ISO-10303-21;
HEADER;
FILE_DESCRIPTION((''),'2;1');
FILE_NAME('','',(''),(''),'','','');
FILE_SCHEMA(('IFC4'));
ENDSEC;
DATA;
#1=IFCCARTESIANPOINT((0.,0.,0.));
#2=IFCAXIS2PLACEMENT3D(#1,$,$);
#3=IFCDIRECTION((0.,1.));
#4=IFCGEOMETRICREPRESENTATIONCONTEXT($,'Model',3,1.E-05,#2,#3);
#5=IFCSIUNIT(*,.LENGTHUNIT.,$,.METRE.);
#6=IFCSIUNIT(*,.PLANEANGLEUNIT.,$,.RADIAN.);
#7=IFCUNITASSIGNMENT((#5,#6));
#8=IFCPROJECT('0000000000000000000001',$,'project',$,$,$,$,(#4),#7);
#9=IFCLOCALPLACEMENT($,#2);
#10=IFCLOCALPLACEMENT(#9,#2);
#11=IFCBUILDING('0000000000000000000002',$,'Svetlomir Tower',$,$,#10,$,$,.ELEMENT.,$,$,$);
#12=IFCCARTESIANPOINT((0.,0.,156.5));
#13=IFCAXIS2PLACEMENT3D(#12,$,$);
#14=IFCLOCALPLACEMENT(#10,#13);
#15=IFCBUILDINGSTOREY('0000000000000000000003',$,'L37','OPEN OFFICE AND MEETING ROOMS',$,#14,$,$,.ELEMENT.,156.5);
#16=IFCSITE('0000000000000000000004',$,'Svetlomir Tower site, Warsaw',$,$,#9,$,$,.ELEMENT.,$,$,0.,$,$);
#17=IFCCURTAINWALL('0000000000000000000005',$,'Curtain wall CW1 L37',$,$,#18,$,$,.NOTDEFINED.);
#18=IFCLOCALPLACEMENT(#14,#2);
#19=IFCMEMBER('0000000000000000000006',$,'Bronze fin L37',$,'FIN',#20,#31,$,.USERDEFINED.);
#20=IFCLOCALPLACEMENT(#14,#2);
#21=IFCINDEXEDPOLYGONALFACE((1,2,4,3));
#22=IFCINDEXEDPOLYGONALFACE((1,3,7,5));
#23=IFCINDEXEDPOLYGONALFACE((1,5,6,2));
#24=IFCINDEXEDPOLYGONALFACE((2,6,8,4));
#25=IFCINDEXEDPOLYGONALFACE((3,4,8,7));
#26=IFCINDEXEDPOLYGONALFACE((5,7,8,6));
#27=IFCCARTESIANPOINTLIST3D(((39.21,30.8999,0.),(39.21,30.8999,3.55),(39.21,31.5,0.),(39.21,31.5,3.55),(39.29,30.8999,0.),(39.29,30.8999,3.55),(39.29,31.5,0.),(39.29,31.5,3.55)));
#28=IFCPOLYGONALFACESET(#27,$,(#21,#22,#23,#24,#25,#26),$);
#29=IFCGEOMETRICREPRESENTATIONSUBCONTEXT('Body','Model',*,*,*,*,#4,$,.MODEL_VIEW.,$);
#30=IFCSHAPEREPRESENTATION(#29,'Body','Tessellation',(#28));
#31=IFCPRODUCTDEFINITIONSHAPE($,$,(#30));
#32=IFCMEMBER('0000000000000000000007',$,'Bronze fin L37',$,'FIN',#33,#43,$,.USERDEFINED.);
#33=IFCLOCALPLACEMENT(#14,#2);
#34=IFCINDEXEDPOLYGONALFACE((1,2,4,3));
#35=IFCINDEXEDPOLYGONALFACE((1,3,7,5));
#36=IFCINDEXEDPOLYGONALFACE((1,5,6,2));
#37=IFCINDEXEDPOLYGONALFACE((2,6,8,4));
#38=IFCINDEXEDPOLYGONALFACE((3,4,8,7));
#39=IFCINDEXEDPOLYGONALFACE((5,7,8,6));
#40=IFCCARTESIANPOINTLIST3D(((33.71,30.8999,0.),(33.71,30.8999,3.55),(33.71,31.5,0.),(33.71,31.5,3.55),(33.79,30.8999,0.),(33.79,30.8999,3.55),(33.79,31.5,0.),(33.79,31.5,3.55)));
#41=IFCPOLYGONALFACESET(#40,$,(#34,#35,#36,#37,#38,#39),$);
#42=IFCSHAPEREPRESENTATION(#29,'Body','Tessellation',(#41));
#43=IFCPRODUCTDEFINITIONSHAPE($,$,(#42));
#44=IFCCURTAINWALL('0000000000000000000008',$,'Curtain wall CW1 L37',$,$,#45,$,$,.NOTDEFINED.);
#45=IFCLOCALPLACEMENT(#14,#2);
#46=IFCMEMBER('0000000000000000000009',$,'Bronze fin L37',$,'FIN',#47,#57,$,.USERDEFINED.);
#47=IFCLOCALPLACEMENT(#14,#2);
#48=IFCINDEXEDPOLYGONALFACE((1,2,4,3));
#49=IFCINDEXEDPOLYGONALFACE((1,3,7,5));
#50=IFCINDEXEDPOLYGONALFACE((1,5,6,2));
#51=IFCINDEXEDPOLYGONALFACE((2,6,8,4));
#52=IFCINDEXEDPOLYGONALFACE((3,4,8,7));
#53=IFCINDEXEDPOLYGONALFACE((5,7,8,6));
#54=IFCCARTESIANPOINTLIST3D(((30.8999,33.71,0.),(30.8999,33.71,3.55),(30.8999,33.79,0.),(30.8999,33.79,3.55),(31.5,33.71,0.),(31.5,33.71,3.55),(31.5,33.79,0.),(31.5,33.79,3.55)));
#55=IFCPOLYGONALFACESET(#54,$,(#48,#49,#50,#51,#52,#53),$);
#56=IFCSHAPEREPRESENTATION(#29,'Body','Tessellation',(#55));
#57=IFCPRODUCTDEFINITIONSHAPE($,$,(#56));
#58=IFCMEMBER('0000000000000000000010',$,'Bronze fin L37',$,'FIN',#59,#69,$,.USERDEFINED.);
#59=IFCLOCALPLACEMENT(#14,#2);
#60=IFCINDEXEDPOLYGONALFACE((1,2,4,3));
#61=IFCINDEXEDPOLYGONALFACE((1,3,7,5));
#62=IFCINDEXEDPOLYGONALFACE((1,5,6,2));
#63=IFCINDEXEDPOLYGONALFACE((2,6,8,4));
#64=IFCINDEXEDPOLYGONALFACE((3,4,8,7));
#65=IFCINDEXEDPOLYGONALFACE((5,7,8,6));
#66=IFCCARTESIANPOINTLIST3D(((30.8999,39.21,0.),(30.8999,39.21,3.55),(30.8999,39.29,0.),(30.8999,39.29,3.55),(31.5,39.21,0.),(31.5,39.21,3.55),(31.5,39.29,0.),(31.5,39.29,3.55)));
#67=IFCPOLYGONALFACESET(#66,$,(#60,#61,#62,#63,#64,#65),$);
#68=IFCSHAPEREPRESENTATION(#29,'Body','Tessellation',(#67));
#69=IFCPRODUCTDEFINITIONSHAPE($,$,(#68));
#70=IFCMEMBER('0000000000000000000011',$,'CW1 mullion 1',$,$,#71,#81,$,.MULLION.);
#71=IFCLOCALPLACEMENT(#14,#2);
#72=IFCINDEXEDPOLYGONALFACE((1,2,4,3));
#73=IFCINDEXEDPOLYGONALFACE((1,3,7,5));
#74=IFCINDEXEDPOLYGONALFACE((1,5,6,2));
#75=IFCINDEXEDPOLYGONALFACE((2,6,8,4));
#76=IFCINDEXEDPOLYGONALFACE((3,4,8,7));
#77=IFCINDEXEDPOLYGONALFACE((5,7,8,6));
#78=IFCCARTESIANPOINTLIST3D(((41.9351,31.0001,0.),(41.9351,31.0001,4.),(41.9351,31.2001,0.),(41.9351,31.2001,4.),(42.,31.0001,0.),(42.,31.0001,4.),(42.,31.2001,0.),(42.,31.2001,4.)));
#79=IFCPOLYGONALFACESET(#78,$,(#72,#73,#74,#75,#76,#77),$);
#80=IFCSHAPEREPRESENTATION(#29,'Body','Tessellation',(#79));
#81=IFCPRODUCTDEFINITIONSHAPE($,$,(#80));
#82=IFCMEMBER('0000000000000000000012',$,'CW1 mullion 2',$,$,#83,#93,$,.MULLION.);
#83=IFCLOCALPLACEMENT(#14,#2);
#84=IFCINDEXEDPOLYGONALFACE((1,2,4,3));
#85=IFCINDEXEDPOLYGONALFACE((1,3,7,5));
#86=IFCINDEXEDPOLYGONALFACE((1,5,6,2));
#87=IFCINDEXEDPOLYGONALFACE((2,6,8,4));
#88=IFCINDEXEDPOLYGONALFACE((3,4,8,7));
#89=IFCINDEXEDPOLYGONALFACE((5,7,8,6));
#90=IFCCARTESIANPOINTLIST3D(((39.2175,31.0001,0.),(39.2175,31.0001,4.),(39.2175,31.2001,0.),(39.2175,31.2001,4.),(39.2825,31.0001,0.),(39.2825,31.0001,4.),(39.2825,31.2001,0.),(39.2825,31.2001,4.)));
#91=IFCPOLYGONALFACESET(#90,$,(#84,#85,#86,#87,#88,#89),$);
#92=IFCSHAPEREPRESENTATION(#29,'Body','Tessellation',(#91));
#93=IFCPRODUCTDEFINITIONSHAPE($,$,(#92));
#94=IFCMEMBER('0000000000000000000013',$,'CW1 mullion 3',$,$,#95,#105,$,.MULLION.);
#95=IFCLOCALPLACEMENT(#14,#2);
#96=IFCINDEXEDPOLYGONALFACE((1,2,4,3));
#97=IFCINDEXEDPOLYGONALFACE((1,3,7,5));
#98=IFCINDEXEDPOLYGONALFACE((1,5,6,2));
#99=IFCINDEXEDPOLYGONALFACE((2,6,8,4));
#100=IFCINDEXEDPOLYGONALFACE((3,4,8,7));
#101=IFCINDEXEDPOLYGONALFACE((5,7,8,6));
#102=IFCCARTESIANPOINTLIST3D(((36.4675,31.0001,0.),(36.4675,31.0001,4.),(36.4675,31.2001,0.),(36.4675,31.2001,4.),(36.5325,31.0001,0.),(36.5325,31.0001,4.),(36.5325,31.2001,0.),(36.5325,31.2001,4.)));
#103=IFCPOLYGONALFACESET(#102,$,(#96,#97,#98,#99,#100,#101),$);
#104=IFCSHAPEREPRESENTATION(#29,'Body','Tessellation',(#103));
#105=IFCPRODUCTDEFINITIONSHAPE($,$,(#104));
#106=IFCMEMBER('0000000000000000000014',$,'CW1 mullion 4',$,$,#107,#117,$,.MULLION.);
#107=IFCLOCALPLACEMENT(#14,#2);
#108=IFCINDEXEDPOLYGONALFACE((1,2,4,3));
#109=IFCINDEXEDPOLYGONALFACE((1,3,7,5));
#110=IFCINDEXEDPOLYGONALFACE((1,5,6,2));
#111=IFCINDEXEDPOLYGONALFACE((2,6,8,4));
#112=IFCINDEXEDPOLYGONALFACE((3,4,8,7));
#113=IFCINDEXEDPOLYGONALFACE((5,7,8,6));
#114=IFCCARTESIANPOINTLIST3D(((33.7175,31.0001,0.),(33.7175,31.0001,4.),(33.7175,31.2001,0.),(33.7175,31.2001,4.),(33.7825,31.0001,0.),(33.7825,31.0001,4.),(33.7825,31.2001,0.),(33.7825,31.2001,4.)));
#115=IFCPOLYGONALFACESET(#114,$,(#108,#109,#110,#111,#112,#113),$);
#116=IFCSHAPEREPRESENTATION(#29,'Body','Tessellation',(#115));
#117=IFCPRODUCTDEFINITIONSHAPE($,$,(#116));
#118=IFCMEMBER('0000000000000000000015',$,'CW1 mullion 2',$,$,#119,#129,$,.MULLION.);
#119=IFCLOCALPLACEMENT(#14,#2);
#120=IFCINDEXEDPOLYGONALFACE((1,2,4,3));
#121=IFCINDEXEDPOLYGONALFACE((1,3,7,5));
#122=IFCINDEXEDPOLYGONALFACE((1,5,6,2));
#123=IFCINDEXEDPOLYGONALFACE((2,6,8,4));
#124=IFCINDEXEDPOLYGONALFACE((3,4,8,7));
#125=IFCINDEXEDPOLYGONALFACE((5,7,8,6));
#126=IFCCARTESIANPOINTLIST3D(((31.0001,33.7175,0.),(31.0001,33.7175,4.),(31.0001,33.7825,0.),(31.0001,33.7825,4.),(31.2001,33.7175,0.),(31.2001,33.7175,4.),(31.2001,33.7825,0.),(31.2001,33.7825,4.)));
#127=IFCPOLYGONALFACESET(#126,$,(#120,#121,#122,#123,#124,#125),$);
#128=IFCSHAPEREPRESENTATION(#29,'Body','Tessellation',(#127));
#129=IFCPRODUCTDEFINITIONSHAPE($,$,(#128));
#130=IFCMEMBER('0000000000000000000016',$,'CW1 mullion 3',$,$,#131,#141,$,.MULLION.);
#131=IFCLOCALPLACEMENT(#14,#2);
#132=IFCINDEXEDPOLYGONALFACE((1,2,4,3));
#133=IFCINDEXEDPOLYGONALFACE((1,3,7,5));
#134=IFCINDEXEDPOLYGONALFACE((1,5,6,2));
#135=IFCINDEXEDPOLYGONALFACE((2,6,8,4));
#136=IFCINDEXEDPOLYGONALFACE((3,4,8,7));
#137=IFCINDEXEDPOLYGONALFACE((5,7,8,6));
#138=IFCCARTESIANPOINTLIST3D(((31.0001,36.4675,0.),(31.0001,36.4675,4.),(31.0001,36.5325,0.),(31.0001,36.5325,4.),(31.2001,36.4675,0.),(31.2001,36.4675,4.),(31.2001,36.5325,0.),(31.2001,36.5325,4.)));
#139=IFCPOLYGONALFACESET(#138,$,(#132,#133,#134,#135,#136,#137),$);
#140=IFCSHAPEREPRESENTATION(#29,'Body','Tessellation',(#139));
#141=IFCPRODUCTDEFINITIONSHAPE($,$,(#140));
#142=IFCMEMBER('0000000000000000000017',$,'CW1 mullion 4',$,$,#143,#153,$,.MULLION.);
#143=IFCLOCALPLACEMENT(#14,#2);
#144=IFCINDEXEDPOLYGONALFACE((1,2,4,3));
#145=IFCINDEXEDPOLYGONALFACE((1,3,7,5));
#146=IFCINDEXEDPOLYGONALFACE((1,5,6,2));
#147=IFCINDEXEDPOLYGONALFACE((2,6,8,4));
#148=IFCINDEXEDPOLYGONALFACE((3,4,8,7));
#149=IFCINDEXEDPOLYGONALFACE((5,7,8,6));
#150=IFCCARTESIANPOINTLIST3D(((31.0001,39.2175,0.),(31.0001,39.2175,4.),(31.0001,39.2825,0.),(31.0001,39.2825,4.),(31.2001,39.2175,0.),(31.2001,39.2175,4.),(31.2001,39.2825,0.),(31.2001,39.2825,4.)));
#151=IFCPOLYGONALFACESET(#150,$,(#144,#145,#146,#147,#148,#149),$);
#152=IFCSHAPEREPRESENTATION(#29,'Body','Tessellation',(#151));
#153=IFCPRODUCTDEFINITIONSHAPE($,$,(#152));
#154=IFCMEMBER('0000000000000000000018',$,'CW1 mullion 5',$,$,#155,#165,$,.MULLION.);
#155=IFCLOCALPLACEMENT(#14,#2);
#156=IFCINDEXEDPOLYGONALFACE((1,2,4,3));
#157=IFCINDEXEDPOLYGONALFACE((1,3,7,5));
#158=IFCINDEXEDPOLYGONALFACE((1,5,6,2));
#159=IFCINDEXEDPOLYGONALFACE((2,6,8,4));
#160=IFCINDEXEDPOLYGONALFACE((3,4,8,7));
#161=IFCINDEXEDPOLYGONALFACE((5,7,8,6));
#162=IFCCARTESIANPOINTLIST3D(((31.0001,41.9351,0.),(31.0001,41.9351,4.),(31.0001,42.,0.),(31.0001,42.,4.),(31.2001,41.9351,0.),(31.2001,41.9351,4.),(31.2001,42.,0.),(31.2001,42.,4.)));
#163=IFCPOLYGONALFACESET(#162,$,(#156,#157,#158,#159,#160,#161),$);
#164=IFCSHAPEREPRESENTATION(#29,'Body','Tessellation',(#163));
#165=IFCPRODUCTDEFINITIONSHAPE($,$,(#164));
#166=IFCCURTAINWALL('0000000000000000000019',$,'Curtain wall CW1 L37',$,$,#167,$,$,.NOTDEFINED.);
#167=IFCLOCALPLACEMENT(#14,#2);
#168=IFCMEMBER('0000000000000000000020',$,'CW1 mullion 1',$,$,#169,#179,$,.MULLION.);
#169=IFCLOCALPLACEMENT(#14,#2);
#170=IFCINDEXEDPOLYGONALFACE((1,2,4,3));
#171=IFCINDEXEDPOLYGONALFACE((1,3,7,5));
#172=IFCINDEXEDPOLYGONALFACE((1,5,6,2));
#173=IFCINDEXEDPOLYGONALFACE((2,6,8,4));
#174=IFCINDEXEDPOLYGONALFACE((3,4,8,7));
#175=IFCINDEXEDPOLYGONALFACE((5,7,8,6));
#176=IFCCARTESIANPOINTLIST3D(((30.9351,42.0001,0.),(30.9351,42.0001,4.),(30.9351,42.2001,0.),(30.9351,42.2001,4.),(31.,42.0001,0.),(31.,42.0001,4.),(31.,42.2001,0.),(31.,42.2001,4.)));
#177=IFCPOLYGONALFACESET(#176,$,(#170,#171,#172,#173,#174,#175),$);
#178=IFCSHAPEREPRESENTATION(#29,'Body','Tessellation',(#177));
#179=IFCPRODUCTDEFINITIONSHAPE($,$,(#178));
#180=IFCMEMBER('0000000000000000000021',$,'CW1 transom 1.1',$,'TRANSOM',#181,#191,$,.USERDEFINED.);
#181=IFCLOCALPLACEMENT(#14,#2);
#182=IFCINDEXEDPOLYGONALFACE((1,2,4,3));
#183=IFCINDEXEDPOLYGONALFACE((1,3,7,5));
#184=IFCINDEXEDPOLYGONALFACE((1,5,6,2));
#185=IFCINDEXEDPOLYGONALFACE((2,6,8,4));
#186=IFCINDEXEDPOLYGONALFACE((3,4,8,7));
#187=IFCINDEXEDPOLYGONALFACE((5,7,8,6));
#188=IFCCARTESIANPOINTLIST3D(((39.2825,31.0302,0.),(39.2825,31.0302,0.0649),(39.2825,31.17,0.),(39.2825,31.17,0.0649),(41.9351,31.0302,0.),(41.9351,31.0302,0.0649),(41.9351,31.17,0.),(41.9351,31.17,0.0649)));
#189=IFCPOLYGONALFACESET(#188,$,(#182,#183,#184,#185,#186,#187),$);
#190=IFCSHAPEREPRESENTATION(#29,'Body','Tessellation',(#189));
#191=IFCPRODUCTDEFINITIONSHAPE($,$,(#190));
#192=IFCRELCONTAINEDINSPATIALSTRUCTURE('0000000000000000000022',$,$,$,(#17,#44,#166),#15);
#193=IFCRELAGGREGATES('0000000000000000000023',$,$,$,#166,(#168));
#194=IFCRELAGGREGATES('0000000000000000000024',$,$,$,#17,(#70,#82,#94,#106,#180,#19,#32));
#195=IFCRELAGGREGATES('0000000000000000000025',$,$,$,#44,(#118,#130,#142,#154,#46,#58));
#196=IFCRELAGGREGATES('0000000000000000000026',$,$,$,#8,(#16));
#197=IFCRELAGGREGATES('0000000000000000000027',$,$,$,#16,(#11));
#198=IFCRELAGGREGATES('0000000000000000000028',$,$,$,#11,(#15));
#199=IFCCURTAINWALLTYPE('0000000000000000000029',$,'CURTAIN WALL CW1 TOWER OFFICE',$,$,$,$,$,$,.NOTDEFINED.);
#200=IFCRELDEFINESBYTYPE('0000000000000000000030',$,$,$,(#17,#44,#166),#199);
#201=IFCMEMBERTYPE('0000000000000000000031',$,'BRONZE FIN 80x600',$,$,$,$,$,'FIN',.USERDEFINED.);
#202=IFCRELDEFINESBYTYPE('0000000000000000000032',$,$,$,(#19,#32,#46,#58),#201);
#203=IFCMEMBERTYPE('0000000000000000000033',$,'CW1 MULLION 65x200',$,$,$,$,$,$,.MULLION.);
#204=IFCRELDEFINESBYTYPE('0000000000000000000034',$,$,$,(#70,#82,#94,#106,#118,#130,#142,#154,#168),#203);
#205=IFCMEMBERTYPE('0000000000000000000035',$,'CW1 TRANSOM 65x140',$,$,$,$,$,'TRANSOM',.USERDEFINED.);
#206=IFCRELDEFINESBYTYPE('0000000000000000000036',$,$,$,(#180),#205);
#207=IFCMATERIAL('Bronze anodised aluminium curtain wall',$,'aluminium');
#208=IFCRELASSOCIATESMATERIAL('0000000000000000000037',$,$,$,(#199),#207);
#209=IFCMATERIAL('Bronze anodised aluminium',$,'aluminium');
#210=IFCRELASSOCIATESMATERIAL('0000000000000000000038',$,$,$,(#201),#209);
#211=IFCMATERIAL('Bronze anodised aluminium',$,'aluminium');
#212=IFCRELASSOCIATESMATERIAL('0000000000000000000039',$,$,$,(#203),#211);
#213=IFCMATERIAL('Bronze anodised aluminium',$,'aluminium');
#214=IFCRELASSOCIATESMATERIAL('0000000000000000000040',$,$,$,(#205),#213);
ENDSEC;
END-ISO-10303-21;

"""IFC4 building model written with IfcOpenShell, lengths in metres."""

from ifc_helpers import new_model, si_unit, direction, frame, origin, origin_2d, place, context, subcontext, project, spatial, rectangle, extrude, material, material_profile, profile_set, type_object, element, aggregate, save


model = new_model("IFC4")

# Units and contexts
model_context = context("Model", 3, precision=1e-05, world=origin(), true_north=direction((0.0, 1.0)))
body_context = subcontext(model_context, "Body", "Model", "MODEL_VIEW")
ifc_project = project(units=[si_unit("LENGTHUNIT", "METRE"), si_unit("PLANEANGLEUNIT", "RADIAN")], contexts=[model_context])

# Site, building, storey
site_placement = place(None, origin())
site = spatial("IfcSite", under=ifc_project, at=site_placement, Name="Svetlomir Tower site, Warsaw", CompositionType="ELEMENT", RefElevation=0.0)
building_placement = place(site_placement, origin())
building = spatial("IfcBuilding", under=site, at=building_placement, Name="Svetlomir Tower", CompositionType="ELEMENT")
storey_placement = place(building_placement, frame((0.0, 0.0, 156.5)))
storey = spatial("IfcBuildingStorey", under=building, at=storey_placement, Name="L37", Description="OPEN OFFICE AND MEETING ROOMS", CompositionType="ELEMENT", Elevation=156.5)

# Curtain walls, members
ifc_material_1 = material(Name="Bronze anodised aluminium curtain wall", Category="aluminium")
curtain_wall_type = type_object("IfcCurtainWallType", Name="CURTAIN WALL CW1 TOWER OFFICE", PredefinedType="NOTDEFINED", material=ifc_material_1)
curtain_wall_1_placement = place(storey_placement, origin())
curtain_wall_1 = element("IfcCurtainWall", 1, at=curtain_wall_1_placement, inside=storey, type_object=curtain_wall_type, Name="Curtain wall CW1 L37", PredefinedType="NOTDEFINED")
ifc_material_2 = material(Name="Bronze anodised aluminium", Category="aluminium")
ifc_material_profile_1 = material_profile(ifc_material_2, rectangle(XDim=0.0801, YDim=0.6001, at=origin_2d()), Name="FIN 80x600")
ifc_profile_set_1 = profile_set([ifc_material_profile_1], Name="Bronze anodised aluminium 6063-T6")
member_type_1 = type_object("IfcMemberType", Name="BRONZE FIN 80x600", ElementType="FIN", PredefinedType="USERDEFINED", material=ifc_profile_set_1)
member_1_placement = place(storey_placement, frame((39.25, 31.2, 0.0), z_axis=(0.0, 0.0, 1.0), x_axis=(1.0, 0.0, 0.0)))
member_1 = element("IfcMember", 2, at=member_1_placement, type_object=member_type_1, Name="Bronze fin L37", ObjectType="FIN", PredefinedType="USERDEFINED", context=body_context, shape_type="SweptSolid", body=[
    extrude(rectangle(XDim=0.0801, YDim=0.6001, at=origin_2d()), origin(), (0.0, 0.0, 1.0), 3.55),
])
member_2_placement = place(storey_placement, frame((33.75, 31.2, 0.0), z_axis=(0.0, 0.0, 1.0), x_axis=(1.0, 0.0, 0.0)))
member_2 = element("IfcMember", 3, at=member_2_placement, type_object=member_type_1, Name="Bronze fin L37", ObjectType="FIN", PredefinedType="USERDEFINED", context=body_context, shape_type="SweptSolid", body=[
    extrude(rectangle(XDim=0.0801, YDim=0.6001, at=origin_2d()), origin(), (0.0, 0.0, 1.0), 3.55),
])
curtain_wall_2_placement = place(storey_placement, origin())
curtain_wall_2 = element("IfcCurtainWall", 4, at=curtain_wall_2_placement, inside=storey, type_object=curtain_wall_type, Name="Curtain wall CW1 L37", PredefinedType="NOTDEFINED")
member_3_placement = place(storey_placement, frame((31.2, 33.75, 0.0), z_axis=(0.0, 0.0, 1.0), x_axis=(0.0, 1.0, 0.0)))
member_3 = element("IfcMember", 5, at=member_3_placement, type_object=member_type_1, Name="Bronze fin L37", ObjectType="FIN", PredefinedType="USERDEFINED", context=body_context, shape_type="SweptSolid", body=[
    extrude(rectangle(XDim=0.0801, YDim=0.6001, at=origin_2d()), origin(), (0.0, 0.0, 1.0), 3.55),
])
member_4_placement = place(storey_placement, frame((31.2, 39.25, 0.0), z_axis=(0.0, 0.0, 1.0), x_axis=(0.0, 1.0, 0.0)))
member_4 = element("IfcMember", 6, at=member_4_placement, type_object=member_type_1, Name="Bronze fin L37", ObjectType="FIN", PredefinedType="USERDEFINED", context=body_context, shape_type="SweptSolid", body=[
    extrude(rectangle(XDim=0.0801, YDim=0.6001, at=origin_2d()), origin(), (0.0, 0.0, 1.0), 3.55),
])

# Members
ifc_material_3 = material(Name="Bronze anodised aluminium", Category="aluminium")
ifc_material_profile_2 = material_profile(ifc_material_3, rectangle(XDim=0.0649, YDim=0.2, at=origin_2d()), Name="AL 65x200")
ifc_profile_set_2 = profile_set([ifc_material_profile_2], Name="Bronze anodised aluminium 6063-T6")
member_type_2 = type_object("IfcMemberType", Name="CW1 MULLION 65x200", PredefinedType="MULLION", material=ifc_profile_set_2)
member_5_placement = place(storey_placement, frame((41.9675, 31.1001, 0.0), z_axis=(0.0, 0.0, 1.0), x_axis=(-1.0, 0.0, 0.0)))
member_5 = element("IfcMember", 7, at=member_5_placement, type_object=member_type_2, Name="CW1 mullion 1", PredefinedType="MULLION", context=body_context, shape_type="SweptSolid", body=[
    extrude(rectangle(XDim=0.0649, YDim=0.2, at=origin_2d()), origin(), (0.0, 0.0, 1.0), 4.0),
])
member_6_placement = place(storey_placement, frame((39.25, 31.1001, 0.0), z_axis=(0.0, 0.0, 1.0), x_axis=(-1.0, 0.0, 0.0)))
member_6 = element("IfcMember", 8, at=member_6_placement, type_object=member_type_2, Name="CW1 mullion 2", PredefinedType="MULLION", context=body_context, shape_type="SweptSolid", body=[
    extrude(rectangle(XDim=0.0649, YDim=0.2, at=origin_2d()), origin(), (0.0, 0.0, 1.0), 4.0),
])
member_7_placement = place(storey_placement, frame((36.5, 31.1001, 0.0), z_axis=(0.0, 0.0, 1.0), x_axis=(-1.0, 0.0, 0.0)))
member_7 = element("IfcMember", 9, at=member_7_placement, type_object=member_type_2, Name="CW1 mullion 3", PredefinedType="MULLION", context=body_context, shape_type="SweptSolid", body=[
    extrude(rectangle(XDim=0.0649, YDim=0.2, at=origin_2d()), origin(), (0.0, 0.0, 1.0), 4.0),
])
member_8_placement = place(storey_placement, frame((33.75, 31.1001, 0.0), z_axis=(0.0, 0.0, 1.0), x_axis=(-1.0, 0.0, 0.0)))
member_8 = element("IfcMember", 10, at=member_8_placement, type_object=member_type_2, Name="CW1 mullion 4", PredefinedType="MULLION", context=body_context, shape_type="SweptSolid", body=[
    extrude(rectangle(XDim=0.0649, YDim=0.2, at=origin_2d()), origin(), (0.0, 0.0, 1.0), 4.0),
])
member_9_placement = place(storey_placement, frame((31.1001, 33.75, 0.0), z_axis=(0.0, 0.0, 1.0), x_axis=(0.0, 1.0, 0.0)))
member_9 = element("IfcMember", 11, at=member_9_placement, type_object=member_type_2, Name="CW1 mullion 2", PredefinedType="MULLION", context=body_context, shape_type="SweptSolid", body=[
    extrude(rectangle(XDim=0.0649, YDim=0.2, at=origin_2d()), origin(), (0.0, 0.0, 1.0), 4.0),
])
member_10_placement = place(storey_placement, frame((31.1001, 36.5, 0.0), z_axis=(0.0, 0.0, 1.0), x_axis=(0.0, 1.0, 0.0)))
member_10 = element("IfcMember", 12, at=member_10_placement, type_object=member_type_2, Name="CW1 mullion 3", PredefinedType="MULLION", context=body_context, shape_type="SweptSolid", body=[
    extrude(rectangle(XDim=0.0649, YDim=0.2, at=origin_2d()), origin(), (0.0, 0.0, 1.0), 4.0),
])
member_11_placement = place(storey_placement, frame((31.1001, 39.25, 0.0), z_axis=(0.0, 0.0, 1.0), x_axis=(0.0, 1.0, 0.0)))
member_11 = element("IfcMember", 13, at=member_11_placement, type_object=member_type_2, Name="CW1 mullion 4", PredefinedType="MULLION", context=body_context, shape_type="SweptSolid", body=[
    extrude(rectangle(XDim=0.0649, YDim=0.2, at=origin_2d()), origin(), (0.0, 0.0, 1.0), 4.0),
])
member_12_placement = place(storey_placement, frame((31.1001, 41.9675, 0.0), z_axis=(0.0, 0.0, 1.0), x_axis=(0.0, 1.0, 0.0)))
member_12 = element("IfcMember", 14, at=member_12_placement, type_object=member_type_2, Name="CW1 mullion 5", PredefinedType="MULLION", context=body_context, shape_type="SweptSolid", body=[
    extrude(rectangle(XDim=0.0649, YDim=0.2, at=origin_2d()), origin(), (0.0, 0.0, 1.0), 4.0),
])

# Curtain wall, member
curtain_wall_3_placement = place(storey_placement, origin())
curtain_wall_3 = element("IfcCurtainWall", 15, at=curtain_wall_3_placement, inside=storey, type_object=curtain_wall_type, Name="Curtain wall CW1 L37", PredefinedType="NOTDEFINED")
member_13_placement = place(storey_placement, frame((30.9675, 42.1001, 0.0), z_axis=(0.0, 0.0, 1.0), x_axis=(-1.0, 0.0, 0.0)))
member_13 = element("IfcMember", 16, at=member_13_placement, type_object=member_type_2, Name="CW1 mullion 1", PredefinedType="MULLION", context=body_context, shape_type="SweptSolid", body=[
    extrude(rectangle(XDim=0.0649, YDim=0.2, at=origin_2d()), origin(), (0.0, 0.0, 1.0), 4.0),
])
aggregate(curtain_wall_3, [member_13])

# Member
ifc_material_4 = material(Name="Bronze anodised aluminium", Category="aluminium")
ifc_material_profile_3 = material_profile(ifc_material_4, rectangle(XDim=0.1399, YDim=0.0649, at=origin_2d()), Name="AL 140x65")
ifc_profile_set_3 = profile_set([ifc_material_profile_3], Name="Bronze anodised aluminium 6063-T6")
member_type_3 = type_object("IfcMemberType", Name="CW1 TRANSOM 65x140", ElementType="TRANSOM", PredefinedType="USERDEFINED", material=ifc_profile_set_3)
member_14_placement = place(storey_placement, frame((41.9351, 31.1001, 0.0325), z_axis=(-1.0, 0.0, 0.0), x_axis=(0.0, -1.0, 0.0)))
member_14 = element("IfcMember", 17, at=member_14_placement, type_object=member_type_3, Name="CW1 transom 1.1", ObjectType="TRANSOM", PredefinedType="USERDEFINED", context=body_context, shape_type="SweptSolid", body=[
    extrude(rectangle(XDim=0.1399, YDim=0.0649, at=origin_2d()), origin(), (0.0, 0.0, 1.0), 2.6526),
])

aggregate(curtain_wall_1, [member_5, member_6, member_7, member_8, member_14, member_1, member_2])
aggregate(curtain_wall_2, [member_9, member_10, member_11, member_12, member_3, member_4])

save(model, "model.ifc")
